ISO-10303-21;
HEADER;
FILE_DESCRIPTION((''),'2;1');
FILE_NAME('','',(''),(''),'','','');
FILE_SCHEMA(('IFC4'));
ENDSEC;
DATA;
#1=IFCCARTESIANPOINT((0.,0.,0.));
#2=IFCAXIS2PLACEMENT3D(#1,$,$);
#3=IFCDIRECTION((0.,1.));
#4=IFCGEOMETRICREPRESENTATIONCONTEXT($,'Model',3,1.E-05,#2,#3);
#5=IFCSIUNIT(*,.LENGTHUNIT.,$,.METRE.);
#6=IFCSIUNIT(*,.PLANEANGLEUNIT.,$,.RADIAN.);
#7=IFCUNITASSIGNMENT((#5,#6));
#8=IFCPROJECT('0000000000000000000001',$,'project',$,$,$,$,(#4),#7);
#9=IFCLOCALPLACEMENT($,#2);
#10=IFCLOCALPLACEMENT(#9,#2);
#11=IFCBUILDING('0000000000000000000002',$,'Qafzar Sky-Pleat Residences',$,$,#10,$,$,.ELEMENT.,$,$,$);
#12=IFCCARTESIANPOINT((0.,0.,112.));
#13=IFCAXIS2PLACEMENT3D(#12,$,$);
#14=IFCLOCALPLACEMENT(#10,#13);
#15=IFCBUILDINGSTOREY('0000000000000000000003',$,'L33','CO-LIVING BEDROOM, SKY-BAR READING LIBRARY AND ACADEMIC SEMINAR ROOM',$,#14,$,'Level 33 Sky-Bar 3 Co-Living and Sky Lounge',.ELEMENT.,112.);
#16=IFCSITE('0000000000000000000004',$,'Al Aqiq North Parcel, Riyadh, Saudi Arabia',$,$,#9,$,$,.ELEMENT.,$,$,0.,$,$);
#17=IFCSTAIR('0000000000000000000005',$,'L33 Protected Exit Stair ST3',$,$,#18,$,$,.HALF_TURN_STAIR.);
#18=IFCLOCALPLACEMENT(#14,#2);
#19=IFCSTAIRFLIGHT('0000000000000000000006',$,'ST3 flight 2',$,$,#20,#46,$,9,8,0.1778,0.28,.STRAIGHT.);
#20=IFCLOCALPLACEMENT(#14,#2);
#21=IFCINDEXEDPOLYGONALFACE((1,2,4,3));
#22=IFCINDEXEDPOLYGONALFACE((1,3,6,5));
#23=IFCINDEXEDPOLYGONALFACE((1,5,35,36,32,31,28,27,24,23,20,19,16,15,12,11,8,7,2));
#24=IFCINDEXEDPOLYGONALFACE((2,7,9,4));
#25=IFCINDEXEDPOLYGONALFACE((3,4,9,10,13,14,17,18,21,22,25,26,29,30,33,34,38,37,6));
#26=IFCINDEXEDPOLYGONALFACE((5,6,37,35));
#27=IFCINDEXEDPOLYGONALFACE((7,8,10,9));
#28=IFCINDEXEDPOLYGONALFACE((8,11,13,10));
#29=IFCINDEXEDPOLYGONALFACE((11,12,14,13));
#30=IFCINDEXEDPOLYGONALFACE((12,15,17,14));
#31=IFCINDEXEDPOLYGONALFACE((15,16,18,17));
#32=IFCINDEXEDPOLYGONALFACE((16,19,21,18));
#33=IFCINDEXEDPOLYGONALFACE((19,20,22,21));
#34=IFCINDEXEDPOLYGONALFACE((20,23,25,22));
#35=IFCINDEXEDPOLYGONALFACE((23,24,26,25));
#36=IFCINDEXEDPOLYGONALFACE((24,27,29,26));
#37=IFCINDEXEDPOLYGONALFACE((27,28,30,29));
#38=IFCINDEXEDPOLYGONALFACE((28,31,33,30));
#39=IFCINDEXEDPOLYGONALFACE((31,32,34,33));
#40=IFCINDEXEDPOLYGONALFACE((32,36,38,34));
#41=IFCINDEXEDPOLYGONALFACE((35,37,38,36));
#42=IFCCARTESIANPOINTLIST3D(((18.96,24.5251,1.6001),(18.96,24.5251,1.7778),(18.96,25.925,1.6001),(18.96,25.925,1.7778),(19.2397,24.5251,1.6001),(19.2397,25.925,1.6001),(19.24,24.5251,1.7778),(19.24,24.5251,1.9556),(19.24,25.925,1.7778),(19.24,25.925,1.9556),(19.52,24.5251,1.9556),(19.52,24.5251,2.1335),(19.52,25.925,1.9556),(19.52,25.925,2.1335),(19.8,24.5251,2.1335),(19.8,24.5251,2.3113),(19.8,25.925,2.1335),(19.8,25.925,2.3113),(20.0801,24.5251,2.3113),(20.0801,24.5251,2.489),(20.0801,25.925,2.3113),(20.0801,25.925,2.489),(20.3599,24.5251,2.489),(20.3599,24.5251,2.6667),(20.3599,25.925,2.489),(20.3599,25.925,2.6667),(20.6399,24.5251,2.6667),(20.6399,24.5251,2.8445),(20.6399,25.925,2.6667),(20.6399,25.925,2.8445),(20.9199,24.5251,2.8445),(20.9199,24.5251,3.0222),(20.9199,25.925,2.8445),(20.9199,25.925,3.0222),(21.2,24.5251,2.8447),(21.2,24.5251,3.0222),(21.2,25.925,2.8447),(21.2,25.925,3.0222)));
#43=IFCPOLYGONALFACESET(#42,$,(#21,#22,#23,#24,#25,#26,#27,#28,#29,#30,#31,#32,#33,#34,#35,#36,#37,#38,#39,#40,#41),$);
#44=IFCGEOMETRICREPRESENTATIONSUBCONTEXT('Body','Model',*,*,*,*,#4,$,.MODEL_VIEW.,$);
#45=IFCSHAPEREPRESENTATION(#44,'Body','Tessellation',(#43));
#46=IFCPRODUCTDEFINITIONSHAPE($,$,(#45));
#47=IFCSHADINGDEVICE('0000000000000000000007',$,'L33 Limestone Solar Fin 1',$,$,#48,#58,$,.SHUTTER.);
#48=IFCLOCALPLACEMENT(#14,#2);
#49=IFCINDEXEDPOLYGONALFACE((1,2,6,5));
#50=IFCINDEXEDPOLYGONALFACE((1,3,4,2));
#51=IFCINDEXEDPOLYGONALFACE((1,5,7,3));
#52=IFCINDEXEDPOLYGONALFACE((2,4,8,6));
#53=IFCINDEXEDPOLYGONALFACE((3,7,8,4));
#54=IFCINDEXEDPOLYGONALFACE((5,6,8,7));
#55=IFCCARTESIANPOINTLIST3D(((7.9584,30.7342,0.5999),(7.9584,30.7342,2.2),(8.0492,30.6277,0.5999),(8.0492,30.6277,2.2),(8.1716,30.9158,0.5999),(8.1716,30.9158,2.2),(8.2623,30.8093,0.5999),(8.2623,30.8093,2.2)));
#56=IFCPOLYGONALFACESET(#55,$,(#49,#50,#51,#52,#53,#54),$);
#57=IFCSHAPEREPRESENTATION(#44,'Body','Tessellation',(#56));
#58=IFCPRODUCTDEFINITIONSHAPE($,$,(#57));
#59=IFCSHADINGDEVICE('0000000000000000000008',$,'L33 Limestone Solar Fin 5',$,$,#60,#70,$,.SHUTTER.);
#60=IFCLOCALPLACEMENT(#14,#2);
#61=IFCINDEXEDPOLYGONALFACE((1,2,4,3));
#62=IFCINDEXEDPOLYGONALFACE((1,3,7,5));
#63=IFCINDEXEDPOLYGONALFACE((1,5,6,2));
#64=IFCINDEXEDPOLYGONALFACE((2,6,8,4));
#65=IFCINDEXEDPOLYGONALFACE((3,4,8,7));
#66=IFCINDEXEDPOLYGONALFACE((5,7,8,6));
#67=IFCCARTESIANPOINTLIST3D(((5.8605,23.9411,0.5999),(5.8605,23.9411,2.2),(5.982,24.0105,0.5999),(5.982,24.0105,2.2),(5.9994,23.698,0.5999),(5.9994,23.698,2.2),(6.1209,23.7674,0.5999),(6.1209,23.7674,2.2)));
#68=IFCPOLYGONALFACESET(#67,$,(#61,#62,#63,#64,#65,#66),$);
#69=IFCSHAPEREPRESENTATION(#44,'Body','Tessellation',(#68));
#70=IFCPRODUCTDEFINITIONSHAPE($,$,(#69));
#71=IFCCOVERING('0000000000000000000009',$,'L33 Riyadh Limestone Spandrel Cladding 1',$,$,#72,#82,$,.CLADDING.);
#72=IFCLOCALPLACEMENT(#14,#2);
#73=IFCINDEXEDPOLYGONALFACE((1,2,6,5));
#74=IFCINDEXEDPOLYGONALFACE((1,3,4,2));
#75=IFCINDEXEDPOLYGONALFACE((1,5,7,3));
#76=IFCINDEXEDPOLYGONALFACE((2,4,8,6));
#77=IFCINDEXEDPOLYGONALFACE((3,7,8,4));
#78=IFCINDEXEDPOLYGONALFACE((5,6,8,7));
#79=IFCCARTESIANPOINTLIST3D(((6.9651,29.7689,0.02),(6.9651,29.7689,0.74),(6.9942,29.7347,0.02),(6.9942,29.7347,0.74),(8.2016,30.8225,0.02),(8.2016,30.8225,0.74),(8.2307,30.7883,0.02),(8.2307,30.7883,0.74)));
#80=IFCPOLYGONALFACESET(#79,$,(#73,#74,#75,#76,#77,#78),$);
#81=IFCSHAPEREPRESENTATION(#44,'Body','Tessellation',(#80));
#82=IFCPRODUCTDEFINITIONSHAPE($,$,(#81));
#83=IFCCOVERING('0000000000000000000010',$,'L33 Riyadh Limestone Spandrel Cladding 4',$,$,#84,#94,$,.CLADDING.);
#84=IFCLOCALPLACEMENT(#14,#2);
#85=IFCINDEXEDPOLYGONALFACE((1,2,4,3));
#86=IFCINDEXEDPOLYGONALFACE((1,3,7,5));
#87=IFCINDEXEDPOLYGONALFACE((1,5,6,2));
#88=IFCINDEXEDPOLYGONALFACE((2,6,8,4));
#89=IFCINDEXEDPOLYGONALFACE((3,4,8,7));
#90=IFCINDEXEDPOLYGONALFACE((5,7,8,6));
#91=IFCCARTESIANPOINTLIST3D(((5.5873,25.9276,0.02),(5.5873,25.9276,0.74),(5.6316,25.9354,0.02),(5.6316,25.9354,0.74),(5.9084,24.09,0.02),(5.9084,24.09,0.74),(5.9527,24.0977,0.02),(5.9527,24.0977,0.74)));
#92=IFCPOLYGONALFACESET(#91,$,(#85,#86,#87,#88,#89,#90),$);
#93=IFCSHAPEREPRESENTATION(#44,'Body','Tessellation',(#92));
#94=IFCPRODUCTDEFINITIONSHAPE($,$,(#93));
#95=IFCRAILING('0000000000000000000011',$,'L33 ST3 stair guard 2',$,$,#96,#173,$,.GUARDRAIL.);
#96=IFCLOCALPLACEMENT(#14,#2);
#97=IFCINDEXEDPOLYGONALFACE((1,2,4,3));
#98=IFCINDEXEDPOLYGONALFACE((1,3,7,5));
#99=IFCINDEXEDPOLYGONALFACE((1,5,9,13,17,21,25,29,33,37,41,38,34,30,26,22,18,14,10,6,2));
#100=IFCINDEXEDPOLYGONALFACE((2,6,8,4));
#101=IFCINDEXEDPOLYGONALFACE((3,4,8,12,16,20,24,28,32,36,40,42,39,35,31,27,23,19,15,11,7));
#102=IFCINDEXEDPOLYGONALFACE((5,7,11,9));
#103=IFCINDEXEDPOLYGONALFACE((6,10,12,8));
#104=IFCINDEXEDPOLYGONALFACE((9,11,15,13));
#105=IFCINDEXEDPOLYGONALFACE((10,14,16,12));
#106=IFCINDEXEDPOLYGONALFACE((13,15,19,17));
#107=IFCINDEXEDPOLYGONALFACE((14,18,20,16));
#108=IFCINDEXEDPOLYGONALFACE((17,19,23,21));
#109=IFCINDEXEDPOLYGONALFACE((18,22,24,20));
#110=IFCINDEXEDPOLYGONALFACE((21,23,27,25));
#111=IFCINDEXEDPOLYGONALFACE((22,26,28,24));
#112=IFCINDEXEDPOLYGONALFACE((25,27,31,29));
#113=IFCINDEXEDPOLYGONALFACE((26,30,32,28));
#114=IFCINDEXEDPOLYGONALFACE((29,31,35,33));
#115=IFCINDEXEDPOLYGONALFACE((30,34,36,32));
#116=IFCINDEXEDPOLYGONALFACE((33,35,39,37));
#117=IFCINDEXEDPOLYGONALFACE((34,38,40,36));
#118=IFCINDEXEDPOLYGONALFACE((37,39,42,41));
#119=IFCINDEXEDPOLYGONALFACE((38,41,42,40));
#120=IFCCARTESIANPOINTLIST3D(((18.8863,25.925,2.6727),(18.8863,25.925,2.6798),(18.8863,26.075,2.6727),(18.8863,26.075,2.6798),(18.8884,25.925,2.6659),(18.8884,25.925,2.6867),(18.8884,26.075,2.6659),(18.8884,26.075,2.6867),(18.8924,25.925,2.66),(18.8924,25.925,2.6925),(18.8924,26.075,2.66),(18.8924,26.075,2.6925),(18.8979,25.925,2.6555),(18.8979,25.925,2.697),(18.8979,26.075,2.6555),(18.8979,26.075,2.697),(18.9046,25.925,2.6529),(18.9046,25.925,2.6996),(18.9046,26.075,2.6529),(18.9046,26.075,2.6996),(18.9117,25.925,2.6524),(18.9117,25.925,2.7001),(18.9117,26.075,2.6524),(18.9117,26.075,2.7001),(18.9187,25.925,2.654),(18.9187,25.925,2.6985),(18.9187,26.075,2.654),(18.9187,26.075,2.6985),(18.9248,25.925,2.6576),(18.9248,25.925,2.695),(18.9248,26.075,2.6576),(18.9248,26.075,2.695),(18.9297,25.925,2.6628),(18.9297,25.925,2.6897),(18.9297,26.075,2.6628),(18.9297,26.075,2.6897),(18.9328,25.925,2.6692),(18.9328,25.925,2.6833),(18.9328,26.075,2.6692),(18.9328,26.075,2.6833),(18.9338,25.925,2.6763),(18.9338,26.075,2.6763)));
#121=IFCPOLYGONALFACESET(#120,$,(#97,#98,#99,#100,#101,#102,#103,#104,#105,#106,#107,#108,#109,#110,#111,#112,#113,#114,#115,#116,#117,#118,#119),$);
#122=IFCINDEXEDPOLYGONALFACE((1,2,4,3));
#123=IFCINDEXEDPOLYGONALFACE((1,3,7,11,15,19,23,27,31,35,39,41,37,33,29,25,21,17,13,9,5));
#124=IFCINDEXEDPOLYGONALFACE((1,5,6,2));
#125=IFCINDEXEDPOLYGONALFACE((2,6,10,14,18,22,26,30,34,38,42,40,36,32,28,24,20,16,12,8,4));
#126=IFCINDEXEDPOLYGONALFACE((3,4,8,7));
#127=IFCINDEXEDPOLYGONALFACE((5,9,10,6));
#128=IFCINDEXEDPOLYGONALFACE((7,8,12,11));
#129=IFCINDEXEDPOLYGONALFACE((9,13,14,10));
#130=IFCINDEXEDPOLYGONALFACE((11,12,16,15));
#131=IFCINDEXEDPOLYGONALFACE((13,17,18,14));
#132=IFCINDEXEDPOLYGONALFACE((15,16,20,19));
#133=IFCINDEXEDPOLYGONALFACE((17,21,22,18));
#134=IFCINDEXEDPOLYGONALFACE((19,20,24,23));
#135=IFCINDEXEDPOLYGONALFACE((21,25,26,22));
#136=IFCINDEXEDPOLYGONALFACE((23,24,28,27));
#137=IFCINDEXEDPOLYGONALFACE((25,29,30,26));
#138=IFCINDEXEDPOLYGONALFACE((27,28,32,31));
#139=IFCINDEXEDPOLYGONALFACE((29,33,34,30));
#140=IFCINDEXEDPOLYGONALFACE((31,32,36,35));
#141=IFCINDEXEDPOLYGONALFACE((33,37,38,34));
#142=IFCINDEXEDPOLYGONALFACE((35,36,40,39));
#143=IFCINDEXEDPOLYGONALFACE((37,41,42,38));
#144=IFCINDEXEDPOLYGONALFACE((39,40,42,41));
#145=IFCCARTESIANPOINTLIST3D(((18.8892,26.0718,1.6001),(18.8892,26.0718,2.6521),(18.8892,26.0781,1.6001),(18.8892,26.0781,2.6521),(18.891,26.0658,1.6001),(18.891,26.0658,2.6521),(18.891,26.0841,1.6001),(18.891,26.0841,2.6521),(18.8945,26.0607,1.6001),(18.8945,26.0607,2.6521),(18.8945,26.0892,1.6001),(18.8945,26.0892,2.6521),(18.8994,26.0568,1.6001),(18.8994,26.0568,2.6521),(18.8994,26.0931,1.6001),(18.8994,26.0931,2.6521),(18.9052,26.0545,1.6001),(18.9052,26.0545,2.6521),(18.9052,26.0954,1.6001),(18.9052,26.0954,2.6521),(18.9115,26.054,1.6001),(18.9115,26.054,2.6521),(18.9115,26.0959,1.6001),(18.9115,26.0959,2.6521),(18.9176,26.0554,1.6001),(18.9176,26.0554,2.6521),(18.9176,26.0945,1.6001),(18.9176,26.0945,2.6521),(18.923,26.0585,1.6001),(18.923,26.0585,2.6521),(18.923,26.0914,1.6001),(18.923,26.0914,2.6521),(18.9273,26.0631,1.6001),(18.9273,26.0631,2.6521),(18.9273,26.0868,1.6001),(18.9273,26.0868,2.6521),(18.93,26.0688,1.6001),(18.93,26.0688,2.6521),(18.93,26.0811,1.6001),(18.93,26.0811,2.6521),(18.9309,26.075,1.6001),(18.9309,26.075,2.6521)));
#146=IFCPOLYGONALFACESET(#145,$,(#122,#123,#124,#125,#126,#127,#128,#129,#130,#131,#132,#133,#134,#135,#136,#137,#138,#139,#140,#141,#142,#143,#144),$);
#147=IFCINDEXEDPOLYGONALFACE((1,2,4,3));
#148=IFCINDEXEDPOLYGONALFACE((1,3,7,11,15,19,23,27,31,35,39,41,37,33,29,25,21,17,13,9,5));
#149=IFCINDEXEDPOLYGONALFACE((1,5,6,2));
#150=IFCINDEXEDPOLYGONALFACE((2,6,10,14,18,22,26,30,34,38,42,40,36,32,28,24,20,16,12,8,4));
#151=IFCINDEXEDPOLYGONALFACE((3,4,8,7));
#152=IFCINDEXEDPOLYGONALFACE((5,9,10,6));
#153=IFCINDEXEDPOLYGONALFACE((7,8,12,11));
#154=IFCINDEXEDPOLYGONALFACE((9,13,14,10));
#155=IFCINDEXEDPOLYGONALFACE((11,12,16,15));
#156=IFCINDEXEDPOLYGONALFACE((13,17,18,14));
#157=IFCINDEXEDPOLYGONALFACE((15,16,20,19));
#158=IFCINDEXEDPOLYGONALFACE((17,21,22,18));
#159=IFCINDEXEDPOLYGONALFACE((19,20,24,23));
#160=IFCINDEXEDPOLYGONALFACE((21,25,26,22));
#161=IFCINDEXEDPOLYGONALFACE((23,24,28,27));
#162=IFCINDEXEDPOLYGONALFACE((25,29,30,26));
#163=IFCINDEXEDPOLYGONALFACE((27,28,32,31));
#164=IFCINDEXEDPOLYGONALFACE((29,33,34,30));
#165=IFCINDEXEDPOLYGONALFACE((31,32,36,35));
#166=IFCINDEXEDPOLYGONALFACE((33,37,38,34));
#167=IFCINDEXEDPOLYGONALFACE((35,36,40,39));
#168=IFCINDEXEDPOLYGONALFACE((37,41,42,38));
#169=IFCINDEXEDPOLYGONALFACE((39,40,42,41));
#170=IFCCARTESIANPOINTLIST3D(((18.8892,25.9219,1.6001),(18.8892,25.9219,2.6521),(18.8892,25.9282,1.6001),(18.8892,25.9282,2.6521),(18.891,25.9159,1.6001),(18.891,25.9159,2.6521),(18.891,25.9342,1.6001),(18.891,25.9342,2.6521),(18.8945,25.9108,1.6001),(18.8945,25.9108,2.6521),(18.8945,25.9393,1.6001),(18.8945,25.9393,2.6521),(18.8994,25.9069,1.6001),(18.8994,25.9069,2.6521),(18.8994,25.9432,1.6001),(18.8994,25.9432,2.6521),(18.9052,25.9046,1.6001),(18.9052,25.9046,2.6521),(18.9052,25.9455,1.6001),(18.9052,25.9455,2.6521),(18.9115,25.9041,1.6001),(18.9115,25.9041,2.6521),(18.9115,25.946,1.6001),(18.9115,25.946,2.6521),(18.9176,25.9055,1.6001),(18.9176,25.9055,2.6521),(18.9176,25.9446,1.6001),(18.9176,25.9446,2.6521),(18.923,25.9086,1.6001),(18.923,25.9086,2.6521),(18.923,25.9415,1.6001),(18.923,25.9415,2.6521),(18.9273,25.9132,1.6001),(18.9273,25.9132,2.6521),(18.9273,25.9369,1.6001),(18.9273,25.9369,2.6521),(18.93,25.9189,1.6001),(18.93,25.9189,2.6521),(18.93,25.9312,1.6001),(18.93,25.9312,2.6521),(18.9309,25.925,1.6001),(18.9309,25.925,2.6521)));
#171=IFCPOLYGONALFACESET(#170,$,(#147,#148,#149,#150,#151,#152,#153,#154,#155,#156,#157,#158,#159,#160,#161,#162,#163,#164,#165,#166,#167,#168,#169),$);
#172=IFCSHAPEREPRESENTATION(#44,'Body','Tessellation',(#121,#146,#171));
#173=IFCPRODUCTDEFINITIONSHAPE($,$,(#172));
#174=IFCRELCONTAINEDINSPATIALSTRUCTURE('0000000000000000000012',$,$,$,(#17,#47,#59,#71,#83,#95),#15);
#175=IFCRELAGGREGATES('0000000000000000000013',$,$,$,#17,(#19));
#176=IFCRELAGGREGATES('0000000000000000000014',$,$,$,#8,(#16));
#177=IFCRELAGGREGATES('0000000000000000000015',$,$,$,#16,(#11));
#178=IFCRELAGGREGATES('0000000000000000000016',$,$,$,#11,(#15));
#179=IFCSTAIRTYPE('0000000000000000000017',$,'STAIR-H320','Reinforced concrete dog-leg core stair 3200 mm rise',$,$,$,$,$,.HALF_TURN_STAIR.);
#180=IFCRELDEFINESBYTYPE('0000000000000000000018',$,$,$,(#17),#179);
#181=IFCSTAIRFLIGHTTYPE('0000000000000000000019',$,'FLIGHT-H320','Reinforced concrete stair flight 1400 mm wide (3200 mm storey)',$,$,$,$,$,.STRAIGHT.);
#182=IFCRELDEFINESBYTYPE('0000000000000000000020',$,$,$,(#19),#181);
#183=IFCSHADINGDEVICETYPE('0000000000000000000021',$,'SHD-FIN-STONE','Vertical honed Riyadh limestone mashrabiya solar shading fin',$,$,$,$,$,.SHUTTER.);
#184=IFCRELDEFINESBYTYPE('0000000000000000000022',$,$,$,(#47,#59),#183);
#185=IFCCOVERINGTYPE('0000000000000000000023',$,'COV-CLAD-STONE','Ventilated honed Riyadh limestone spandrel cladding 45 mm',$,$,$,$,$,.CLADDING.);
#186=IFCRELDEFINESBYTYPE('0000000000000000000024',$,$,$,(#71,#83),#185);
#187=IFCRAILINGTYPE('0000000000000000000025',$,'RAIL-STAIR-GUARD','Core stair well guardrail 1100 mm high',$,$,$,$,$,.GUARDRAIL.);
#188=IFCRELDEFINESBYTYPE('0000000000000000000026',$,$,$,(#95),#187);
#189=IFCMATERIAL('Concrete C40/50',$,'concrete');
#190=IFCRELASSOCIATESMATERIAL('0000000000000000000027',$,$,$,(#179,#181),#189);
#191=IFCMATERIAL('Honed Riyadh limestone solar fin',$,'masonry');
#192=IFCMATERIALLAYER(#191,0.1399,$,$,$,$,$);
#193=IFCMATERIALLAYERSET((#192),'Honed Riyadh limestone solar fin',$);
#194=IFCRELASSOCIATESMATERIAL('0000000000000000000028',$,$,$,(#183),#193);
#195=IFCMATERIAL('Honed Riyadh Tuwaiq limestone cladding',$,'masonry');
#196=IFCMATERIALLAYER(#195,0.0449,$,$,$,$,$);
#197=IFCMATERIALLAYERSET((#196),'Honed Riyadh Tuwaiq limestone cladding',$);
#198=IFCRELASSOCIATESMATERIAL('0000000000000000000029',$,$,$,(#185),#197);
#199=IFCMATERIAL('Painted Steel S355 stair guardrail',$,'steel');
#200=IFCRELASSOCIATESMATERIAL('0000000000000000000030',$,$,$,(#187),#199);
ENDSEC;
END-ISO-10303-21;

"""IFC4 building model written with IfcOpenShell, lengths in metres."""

from ifc_helpers import new_model, si_unit, direction, frame, origin, origin_2d, place, context, subcontext, project, spatial, polyline, rectangle, circle, outline, extrude, source, transform, mapped, material, layer, layer_set, type_object, element, aggregate, save


model = new_model("IFC4")

# Units and contexts
model_context = context("Model", 3, precision=1e-05, world=origin(), true_north=direction((0.0, 1.0)))
body_context = subcontext(model_context, "Body", "Model", "MODEL_VIEW")
ifc_project = project(units=[si_unit("LENGTHUNIT", "METRE"), si_unit("PLANEANGLEUNIT", "RADIAN")], contexts=[model_context])

# Site, building, storey
site_placement = place(None, origin())
site = spatial("IfcSite", under=ifc_project, at=site_placement, Name="Al Aqiq North Parcel, Riyadh, Saudi Arabia", CompositionType="ELEMENT", RefElevation=0.0)
building_placement = place(site_placement, origin())
building = spatial("IfcBuilding", under=site, at=building_placement, Name="Qafzar Sky-Pleat Residences", CompositionType="ELEMENT")
storey_placement = place(building_placement, frame((0.0, 0.0, 112.0)))
storey = spatial("IfcBuildingStorey", under=building, at=storey_placement, Name="L33", Description="CO-LIVING BEDROOM, SKY-BAR READING LIBRARY AND ACADEMIC SEMINAR ROOM", LongName="Level 33 Sky-Bar 3 Co-Living and Sky Lounge", CompositionType="ELEMENT", Elevation=112.0)

# Stair, stair flight
ifc_material_1 = material(Name="Concrete C40/50", Category="concrete")
stair_type = type_object("IfcStairType", Name="STAIR-H320", Description="Reinforced concrete dog-leg core stair 3200 mm rise", PredefinedType="HALF_TURN_STAIR", material=ifc_material_1)
stair_placement = place(storey_placement, origin())
stair = element("IfcStair", 1, at=stair_placement, inside=storey, type_object=stair_type, Name="L33 Protected Exit Stair ST3", PredefinedType="HALF_TURN_STAIR")
stair_flight_type = type_object("IfcStairFlightType", Name="FLIGHT-H320", Description="Reinforced concrete stair flight 1400 mm wide (3200 mm storey)", PredefinedType="STRAIGHT", material=ifc_material_1)
shared_shape_1 = source(origin(), body_context, "Body", "SweptSolid", [
    extrude(outline(polyline([(0.0, 0.0), (0.0, 0.1777), (0.28, 0.1777), (0.28, 0.3555), (0.5601, 0.3555), (0.5601, 0.5334), (0.8401, 0.5334), (0.8401, 0.7112), (1.1201, 0.7112), (1.1201, 0.8889), (1.3999, 0.8889), (1.3999, 1.0667), (1.6799, 1.0667), (1.6799, 1.2444), (1.96, 1.2444), (1.96, 1.4221), (2.24, 1.4221), (2.24, 1.6001), (2.24, 1.2446), (0.2798, 0.0), (0.0, 0.0)])), frame((0.0, 0.7, 0.0), z_axis=(0.0, -1.0, 0.0), x_axis=(1.0, 0.0, 0.0)), (0.0, 0.0, 1.0), 1.3999),
])
stair_flight_1_placement = place(storey_placement, frame((18.96, 25.2251, 1.6001), z_axis=(0.0, 0.0, 1.0), x_axis=(1.0, 0.0, 0.0)))
stair_flight_1 = element("IfcStairFlight", 2, at=stair_flight_1_placement, type_object=stair_flight_type, Name="ST3 flight 2", NumberOfRisers=9, NumberOfTreads=8, PredefinedType="STRAIGHT", RiserHeight=0.1778, TreadLength=0.28, context=body_context, shape_type="MappedRepresentation", body=[
    mapped(shared_shape_1, transform((0.0, 0.0, 0.0), x_axis=(1.0, 0.0, 0.0), y_axis=(0.0, 1.0, 0.0), z_axis=(0.0, 0.0, 1.0), scale=1.0)),
])
aggregate(stair, [stair_flight_1])

# Shading devices
ifc_material_2 = material(Name="Honed Riyadh limestone solar fin", Category="masonry")
ifc_layer_1 = layer(ifc_material_2, 0.1399)
ifc_layer_set_1 = layer_set([ifc_layer_1], Name="Honed Riyadh limestone solar fin")
shading_device_type = type_object("IfcShadingDeviceType", Name="SHD-FIN-STONE", Description="Vertical honed Riyadh limestone mashrabiya solar shading fin", PredefinedType="SHUTTER", material=ifc_layer_set_1)
shared_shape_2 = source(origin(), body_context, "Body", "SweptSolid", [
    extrude(rectangle(XDim=0.1399, YDim=0.28, at=origin_2d()), origin(), (0.0, 0.0, 1.0), 1.6001),
])
for number, where, z_axis, x_axis, name in (
    (3, (8.1104, 30.7717, 0.5999), (0.0, 0.0, 1.0), (-0.648603, 0.761127, 0.0), "L33 Limestone Solar Fin 1"),
    (4, (5.9907, 23.8542, 0.5999), (0.0, 0.0, 1.0), (-0.868299, -0.496042, 0.0), "L33 Limestone Solar Fin 5"),
):
    element("IfcShadingDevice", number, at=place(storey_placement, frame(where, z_axis=z_axis, x_axis=x_axis)), inside=storey, type_object=shading_device_type, Name=name, PredefinedType="SHUTTER", context=body_context, shape_type="MappedRepresentation", body=[
        mapped(shared_shape_2, transform((0.0, 0.0, 0.0), x_axis=(1.0, 0.0, 0.0), y_axis=(0.0, 1.0, 0.0), z_axis=(0.0, 0.0, 1.0), scale=1.0)),
    ])

# Coverings
ifc_material_3 = material(Name="Honed Riyadh Tuwaiq limestone cladding", Category="masonry")
ifc_layer_2 = layer(ifc_material_3, 0.0449)
ifc_layer_set_2 = layer_set([ifc_layer_2], Name="Honed Riyadh Tuwaiq limestone cladding")
covering_type = type_object("IfcCoveringType", Name="COV-CLAD-STONE", Description="Ventilated honed Riyadh limestone spandrel cladding 45 mm", PredefinedType="CLADDING", material=ifc_layer_set_2)
shared_shape_3 = source(origin(), body_context, "Body", "SweptSolid", [
    extrude(rectangle(XDim=1.6245, YDim=0.0449, at=origin_2d()), origin(), (0.0, 0.0, 1.0), 0.72),
])
covering_1_placement = place(storey_placement, frame((7.5979, 30.2786, 0.02), z_axis=(0.0, 0.0, 1.0), x_axis=(-0.761154, -0.648571, 0.0)))
element("IfcCovering", 5, at=covering_1_placement, inside=storey, type_object=covering_type, Name="L33 Riyadh Limestone Spandrel Cladding 1", PredefinedType="CLADDING", context=body_context, shape_type="MappedRepresentation", body=[
    mapped(shared_shape_3, transform((0.0, 0.0, 0.0), x_axis=(1.0, 0.0, 0.0), y_axis=(0.0, 1.0, 0.0), z_axis=(0.0, 0.0, 1.0), scale=1.0)),
])
shared_shape_4 = source(origin(), body_context, "Body", "SweptSolid", [
    extrude(rectangle(XDim=1.8655, YDim=0.0449, at=origin_2d()), origin(), (0.0, 0.0, 1.0), 0.72),
])
covering_2_placement = place(storey_placement, frame((5.77, 25.0127, 0.02), z_axis=(0.0, 0.0, 1.0), x_axis=(0.172123, -0.985075, 0.0)))
element("IfcCovering", 6, at=covering_2_placement, inside=storey, type_object=covering_type, Name="L33 Riyadh Limestone Spandrel Cladding 4", PredefinedType="CLADDING", context=body_context, shape_type="MappedRepresentation", body=[
    mapped(shared_shape_4, transform((0.0, 0.0, 0.0), x_axis=(1.0, 0.0, 0.0), y_axis=(0.0, 1.0, 0.0), z_axis=(0.0, 0.0, 1.0), scale=1.0)),
])

# Railing
ifc_material_4 = material(Name="Painted Steel S355 stair guardrail", Category="steel")
railing_type_1 = type_object("IfcRailingType", Name="RAIL-STAIR-GUARD", Description="Core stair well guardrail 1100 mm high", PredefinedType="GUARDRAIL", material=ifc_material_4)
shared_shape_5 = source(origin(), body_context, "Body", "SweptSolid", [
    extrude(circle(Radius=0.0239, at=origin_2d()), frame((0.0, 0.0, 1.0762), z_axis=(0.0, -1.0, 0.0), x_axis=(1.0, 0.0, 0.0)), (0.0, 0.0, 1.0), 0.1499),
    extrude(circle(Radius=0.021, at=origin_2d()), origin(), (0.0, 0.0, 1.0), 1.052),
    extrude(circle(Radius=0.021, at=origin_2d()), frame((0.0, -0.1499, 0.0)), (0.0, 0.0, 1.0), 1.052),
])
for number, where, name in (
    (7, (18.9099, 26.075, 1.6001), "L33 ST3 stair guard 2"),
):
    element("IfcRailing", number, at=place(storey_placement, frame(where)), inside=storey, type_object=railing_type_1, Name=name, PredefinedType="GUARDRAIL", context=body_context, shape_type="MappedRepresentation", body=[
        mapped(shared_shape_5, transform((0.0, 0.0, 0.0), x_axis=(1.0, 0.0, 0.0), y_axis=(0.0, 1.0, 0.0), z_axis=(0.0, 0.0, 1.0), scale=1.0)),
    ])

save(model, "model.ifc")
